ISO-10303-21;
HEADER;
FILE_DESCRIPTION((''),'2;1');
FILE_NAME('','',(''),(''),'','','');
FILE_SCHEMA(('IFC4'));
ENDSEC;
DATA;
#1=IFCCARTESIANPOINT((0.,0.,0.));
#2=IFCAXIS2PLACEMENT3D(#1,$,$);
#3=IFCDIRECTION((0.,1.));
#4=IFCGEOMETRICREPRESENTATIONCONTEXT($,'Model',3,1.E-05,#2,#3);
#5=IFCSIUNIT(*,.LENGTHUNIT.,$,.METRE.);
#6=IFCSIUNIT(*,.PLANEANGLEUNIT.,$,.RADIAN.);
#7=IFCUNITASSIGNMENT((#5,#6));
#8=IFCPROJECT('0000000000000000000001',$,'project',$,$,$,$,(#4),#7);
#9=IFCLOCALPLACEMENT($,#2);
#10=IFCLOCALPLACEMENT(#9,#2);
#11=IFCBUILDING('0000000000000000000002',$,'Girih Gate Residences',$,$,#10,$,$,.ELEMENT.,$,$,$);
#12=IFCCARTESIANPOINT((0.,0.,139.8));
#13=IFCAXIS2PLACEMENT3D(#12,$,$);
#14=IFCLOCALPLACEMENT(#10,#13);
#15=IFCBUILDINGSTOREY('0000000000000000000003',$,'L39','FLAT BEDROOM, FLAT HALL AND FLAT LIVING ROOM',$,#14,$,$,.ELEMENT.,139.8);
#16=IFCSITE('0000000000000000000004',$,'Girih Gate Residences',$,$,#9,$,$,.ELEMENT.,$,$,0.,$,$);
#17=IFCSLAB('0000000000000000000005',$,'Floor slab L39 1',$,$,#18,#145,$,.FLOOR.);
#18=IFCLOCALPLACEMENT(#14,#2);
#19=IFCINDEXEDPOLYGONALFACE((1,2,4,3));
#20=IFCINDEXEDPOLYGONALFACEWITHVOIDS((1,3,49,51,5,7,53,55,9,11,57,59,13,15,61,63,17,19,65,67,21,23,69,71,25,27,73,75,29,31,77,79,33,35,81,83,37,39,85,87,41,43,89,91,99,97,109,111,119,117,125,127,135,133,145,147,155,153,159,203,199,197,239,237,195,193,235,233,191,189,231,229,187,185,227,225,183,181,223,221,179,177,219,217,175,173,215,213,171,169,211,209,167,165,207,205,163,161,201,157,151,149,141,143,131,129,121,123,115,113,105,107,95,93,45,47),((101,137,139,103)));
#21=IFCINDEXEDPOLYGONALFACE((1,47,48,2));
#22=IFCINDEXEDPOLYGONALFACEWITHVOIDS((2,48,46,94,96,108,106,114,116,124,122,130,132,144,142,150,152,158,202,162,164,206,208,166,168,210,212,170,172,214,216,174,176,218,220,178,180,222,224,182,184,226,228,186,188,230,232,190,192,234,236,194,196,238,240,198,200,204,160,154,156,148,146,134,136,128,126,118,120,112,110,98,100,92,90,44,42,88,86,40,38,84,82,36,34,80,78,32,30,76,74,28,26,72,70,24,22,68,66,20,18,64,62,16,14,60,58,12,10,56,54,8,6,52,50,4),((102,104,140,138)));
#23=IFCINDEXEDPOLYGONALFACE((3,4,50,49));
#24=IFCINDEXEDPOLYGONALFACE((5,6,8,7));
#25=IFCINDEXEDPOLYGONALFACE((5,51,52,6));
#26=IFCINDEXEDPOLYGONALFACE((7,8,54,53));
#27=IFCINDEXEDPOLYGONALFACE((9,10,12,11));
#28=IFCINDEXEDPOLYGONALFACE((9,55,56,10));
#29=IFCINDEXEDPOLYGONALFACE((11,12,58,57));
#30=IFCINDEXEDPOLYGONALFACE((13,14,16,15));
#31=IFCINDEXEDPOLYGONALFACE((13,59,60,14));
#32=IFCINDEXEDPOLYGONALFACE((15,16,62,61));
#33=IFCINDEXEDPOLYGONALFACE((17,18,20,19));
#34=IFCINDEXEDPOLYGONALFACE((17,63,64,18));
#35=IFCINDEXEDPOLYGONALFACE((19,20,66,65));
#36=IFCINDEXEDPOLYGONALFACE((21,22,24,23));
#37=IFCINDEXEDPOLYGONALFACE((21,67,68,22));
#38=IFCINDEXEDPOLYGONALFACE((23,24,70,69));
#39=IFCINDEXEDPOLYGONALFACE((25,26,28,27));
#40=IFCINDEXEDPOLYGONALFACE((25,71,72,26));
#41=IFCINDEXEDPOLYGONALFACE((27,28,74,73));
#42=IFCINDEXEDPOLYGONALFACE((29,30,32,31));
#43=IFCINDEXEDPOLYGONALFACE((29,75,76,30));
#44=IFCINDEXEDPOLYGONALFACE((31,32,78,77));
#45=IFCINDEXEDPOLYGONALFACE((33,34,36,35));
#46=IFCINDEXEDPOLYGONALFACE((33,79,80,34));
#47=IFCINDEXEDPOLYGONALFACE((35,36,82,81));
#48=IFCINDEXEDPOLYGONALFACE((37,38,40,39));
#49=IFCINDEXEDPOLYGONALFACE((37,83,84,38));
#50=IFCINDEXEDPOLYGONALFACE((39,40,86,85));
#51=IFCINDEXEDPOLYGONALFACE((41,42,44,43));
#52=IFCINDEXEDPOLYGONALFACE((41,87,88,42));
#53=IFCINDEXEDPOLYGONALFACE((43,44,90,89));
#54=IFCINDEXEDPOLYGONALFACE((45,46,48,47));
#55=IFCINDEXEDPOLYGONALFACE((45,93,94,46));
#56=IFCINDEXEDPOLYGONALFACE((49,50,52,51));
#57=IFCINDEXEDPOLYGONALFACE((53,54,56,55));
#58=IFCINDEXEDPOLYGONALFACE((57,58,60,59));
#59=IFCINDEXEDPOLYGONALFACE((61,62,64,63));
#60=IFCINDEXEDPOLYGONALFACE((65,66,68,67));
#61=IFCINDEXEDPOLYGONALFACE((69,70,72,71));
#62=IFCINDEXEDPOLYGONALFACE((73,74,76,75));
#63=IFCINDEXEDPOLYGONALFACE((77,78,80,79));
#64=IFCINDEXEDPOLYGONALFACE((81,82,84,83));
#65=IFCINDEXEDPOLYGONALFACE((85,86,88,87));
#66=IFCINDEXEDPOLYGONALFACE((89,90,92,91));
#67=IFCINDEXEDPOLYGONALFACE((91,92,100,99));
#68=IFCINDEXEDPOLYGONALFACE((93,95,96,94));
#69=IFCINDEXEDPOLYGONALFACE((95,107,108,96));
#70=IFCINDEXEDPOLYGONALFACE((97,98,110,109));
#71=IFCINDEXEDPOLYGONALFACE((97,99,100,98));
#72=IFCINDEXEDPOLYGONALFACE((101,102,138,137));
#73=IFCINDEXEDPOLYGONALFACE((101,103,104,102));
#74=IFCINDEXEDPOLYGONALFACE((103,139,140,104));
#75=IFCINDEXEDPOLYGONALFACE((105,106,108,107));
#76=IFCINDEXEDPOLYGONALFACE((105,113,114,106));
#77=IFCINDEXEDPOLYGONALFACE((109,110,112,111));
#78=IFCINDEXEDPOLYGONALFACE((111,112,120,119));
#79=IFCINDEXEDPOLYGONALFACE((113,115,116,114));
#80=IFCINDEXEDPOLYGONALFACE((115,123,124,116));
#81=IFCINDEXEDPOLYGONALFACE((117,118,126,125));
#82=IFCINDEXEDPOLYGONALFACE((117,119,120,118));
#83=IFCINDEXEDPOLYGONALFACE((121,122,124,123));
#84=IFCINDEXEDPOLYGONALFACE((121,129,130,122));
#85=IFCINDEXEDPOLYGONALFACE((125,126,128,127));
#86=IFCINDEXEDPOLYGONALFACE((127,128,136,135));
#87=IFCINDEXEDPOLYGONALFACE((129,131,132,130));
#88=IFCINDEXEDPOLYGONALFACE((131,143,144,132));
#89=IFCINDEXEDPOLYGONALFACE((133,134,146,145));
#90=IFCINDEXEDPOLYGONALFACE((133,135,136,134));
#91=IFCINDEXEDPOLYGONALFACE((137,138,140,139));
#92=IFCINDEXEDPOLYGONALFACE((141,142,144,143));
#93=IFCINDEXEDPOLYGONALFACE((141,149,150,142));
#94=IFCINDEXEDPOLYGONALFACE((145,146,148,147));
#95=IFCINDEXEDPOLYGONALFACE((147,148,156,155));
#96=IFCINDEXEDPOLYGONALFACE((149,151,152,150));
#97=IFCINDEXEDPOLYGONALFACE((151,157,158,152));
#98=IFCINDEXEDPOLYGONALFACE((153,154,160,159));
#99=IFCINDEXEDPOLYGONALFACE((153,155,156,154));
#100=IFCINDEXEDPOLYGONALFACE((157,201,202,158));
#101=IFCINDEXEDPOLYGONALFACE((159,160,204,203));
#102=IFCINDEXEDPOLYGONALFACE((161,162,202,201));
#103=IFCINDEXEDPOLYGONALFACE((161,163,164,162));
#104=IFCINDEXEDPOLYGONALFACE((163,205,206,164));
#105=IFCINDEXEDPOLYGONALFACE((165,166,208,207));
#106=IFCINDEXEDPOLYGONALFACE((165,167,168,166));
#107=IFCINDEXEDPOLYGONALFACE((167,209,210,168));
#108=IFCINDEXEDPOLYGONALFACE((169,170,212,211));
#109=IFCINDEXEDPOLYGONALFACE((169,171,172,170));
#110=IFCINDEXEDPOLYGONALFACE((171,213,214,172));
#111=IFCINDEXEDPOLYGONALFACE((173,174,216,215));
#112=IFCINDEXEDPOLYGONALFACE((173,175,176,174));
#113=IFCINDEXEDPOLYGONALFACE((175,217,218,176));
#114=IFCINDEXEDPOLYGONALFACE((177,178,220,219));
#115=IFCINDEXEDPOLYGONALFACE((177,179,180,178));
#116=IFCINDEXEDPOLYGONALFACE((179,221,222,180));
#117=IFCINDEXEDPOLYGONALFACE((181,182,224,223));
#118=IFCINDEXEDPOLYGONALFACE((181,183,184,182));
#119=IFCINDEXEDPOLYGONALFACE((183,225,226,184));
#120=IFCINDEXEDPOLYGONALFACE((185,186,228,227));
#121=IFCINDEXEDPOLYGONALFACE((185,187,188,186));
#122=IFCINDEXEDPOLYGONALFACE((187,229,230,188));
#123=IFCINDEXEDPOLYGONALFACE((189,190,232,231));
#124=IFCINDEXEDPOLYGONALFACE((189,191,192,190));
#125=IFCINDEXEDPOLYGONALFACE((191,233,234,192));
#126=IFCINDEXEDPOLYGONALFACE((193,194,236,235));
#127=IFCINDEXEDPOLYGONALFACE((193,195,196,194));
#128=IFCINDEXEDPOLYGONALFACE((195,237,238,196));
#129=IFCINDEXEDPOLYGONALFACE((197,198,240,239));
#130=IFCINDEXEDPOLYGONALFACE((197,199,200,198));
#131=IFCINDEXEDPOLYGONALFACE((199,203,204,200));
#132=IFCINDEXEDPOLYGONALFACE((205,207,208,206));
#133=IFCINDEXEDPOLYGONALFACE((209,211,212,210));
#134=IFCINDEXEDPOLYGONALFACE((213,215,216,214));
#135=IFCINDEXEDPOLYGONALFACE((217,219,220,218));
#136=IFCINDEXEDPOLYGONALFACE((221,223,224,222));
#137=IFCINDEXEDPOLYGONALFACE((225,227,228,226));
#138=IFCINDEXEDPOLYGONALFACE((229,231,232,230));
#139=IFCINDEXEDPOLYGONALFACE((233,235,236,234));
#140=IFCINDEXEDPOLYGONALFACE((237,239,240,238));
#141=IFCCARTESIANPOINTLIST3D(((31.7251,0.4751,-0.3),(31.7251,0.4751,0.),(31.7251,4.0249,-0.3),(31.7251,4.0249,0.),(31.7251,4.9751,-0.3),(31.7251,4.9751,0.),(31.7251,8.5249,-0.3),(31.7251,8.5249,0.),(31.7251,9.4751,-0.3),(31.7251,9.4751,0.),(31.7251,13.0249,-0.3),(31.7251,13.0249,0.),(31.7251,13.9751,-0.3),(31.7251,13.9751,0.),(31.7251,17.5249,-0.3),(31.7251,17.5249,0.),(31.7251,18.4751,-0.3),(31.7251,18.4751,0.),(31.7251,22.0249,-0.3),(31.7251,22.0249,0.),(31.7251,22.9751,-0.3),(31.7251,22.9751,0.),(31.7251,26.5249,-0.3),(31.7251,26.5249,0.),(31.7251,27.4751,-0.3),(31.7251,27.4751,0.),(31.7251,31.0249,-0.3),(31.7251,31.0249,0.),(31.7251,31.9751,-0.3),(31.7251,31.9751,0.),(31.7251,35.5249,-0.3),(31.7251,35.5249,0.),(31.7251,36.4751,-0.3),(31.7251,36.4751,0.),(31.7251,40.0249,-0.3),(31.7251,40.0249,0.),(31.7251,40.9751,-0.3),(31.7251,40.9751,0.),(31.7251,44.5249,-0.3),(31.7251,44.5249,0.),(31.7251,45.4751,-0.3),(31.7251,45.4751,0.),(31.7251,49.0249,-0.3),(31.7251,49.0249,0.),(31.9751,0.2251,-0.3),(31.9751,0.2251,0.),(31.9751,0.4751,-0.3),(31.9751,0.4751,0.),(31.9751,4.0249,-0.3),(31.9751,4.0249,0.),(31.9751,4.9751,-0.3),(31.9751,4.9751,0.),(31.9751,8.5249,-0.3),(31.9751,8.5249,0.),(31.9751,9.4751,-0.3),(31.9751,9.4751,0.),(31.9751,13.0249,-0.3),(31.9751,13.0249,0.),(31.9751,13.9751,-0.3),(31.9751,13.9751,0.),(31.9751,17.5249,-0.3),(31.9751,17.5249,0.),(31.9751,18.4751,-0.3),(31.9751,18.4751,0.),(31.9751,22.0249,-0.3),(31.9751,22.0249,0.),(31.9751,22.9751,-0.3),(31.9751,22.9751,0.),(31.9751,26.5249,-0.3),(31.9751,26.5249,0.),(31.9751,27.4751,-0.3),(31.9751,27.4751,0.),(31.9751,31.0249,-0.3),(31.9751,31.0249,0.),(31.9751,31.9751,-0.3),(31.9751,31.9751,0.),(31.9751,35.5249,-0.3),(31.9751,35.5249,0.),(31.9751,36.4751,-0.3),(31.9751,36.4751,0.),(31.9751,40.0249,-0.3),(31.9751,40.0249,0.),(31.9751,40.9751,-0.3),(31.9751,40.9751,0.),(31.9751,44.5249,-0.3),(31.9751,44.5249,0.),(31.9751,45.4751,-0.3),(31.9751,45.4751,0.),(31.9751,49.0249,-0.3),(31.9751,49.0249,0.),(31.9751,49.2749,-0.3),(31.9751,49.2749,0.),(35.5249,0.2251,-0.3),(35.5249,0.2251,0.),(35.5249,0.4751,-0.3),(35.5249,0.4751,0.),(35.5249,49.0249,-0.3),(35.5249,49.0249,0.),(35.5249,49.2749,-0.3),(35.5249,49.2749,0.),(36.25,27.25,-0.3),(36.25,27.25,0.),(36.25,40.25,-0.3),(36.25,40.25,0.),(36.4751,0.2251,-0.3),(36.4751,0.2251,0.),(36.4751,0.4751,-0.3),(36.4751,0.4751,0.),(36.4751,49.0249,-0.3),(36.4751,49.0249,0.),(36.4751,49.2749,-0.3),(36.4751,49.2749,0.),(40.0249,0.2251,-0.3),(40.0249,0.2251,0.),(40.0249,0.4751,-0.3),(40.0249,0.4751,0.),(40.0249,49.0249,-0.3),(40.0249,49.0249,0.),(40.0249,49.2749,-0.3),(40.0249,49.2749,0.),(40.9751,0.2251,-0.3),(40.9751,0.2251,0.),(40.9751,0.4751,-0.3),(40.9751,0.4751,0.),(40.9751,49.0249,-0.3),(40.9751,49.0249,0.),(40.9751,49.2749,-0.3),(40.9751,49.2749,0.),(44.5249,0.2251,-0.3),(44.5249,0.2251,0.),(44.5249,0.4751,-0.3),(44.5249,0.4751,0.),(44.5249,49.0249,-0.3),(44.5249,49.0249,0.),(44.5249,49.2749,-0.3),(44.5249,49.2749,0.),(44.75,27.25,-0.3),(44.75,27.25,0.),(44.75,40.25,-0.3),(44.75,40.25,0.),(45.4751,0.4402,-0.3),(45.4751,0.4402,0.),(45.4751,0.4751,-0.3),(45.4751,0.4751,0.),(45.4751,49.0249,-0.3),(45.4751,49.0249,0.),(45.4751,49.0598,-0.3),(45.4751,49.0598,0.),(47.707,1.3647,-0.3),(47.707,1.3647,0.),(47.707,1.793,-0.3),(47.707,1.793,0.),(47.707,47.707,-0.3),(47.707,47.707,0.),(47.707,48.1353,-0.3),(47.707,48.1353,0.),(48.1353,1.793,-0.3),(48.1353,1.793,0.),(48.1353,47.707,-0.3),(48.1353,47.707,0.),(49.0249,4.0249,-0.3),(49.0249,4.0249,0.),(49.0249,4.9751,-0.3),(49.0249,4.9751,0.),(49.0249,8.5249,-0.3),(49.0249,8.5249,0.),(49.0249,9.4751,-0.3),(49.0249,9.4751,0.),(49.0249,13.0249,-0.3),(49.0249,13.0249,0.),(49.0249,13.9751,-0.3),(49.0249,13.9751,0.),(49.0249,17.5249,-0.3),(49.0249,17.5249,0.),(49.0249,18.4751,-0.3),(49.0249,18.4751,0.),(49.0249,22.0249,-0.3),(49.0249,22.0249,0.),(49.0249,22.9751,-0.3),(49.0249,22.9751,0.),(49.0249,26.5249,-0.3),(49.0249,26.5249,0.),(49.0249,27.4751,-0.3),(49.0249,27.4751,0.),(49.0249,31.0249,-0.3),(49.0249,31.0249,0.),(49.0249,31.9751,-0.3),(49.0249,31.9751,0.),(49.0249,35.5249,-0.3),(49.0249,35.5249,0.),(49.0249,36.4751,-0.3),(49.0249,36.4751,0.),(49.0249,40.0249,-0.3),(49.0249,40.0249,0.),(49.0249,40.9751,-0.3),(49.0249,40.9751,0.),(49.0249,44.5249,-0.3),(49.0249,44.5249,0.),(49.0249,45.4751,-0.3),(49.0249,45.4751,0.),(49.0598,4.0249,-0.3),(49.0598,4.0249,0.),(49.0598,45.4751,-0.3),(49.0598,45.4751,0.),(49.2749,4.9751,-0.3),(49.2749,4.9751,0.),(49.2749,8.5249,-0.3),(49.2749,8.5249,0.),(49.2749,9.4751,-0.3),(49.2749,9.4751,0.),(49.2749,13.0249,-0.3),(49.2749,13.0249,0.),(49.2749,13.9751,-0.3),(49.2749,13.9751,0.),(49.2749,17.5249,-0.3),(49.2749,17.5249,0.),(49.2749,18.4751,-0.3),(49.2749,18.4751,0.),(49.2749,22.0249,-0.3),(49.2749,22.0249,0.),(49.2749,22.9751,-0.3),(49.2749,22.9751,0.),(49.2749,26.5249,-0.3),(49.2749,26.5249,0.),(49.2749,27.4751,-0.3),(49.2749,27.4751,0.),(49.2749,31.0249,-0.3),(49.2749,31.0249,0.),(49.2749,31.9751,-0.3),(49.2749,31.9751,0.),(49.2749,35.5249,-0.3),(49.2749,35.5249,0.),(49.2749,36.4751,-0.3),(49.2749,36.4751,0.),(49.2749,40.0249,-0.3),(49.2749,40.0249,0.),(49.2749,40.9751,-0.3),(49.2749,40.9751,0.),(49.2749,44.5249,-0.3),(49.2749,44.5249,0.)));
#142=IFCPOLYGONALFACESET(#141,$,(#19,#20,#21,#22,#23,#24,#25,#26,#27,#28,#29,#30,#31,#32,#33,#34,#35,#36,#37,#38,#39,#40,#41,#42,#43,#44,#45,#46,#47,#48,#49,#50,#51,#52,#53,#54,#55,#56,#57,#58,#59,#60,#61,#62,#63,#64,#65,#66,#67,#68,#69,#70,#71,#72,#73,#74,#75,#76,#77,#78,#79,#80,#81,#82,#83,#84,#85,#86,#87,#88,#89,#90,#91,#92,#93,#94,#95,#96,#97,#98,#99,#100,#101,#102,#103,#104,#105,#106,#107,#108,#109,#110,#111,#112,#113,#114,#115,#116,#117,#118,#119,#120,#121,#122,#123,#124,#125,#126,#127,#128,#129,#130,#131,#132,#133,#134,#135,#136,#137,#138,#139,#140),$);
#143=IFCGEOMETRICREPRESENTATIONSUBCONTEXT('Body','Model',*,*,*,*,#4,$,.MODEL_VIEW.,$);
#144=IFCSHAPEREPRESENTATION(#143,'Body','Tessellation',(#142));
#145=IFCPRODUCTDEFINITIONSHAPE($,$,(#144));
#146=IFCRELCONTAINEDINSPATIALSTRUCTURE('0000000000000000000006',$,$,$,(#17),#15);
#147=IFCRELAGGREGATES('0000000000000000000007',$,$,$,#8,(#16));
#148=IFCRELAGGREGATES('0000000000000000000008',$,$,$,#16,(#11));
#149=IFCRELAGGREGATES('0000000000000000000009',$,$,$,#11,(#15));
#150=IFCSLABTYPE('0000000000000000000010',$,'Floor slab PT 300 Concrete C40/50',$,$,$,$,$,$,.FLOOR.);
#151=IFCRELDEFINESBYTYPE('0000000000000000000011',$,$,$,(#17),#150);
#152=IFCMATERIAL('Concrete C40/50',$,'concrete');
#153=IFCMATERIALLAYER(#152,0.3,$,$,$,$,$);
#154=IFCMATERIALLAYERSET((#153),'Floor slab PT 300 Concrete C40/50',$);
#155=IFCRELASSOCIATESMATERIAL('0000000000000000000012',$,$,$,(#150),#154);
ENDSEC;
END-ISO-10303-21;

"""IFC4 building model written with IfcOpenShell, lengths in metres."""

from ifc_helpers import new_model, si_unit, direction, frame, origin, place, context, subcontext, project, spatial, polyline, outline, extrude, material, layer, layer_set, type_object, element, save


model = new_model("IFC4")

# Units and contexts
model_context = context("Model", 3, precision=1e-05, world=origin(), true_north=direction((0.0, 1.0)))
body_context = subcontext(model_context, "Body", "Model", "MODEL_VIEW")
ifc_project = project(units=[si_unit("LENGTHUNIT", "METRE"), si_unit("PLANEANGLEUNIT", "RADIAN")], contexts=[model_context])

# Site, building, storey
site_placement = place(None, origin())
site = spatial("IfcSite", under=ifc_project, at=site_placement, Name="Girih Gate Residences", CompositionType="ELEMENT", RefElevation=0.0)
building_placement = place(site_placement, origin())
building = spatial("IfcBuilding", under=site, at=building_placement, Name="Girih Gate Residences", CompositionType="ELEMENT")
storey_placement = place(building_placement, frame((0.0, 0.0, 139.8)))
storey = spatial("IfcBuildingStorey", under=building, at=storey_placement, Name="L39", Description="FLAT BEDROOM, FLAT HALL AND FLAT LIVING ROOM", CompositionType="ELEMENT", Elevation=139.8)

# Slab
ifc_material_1 = material(Name="Concrete C40/50", Category="concrete")
ifc_layer_1 = layer(ifc_material_1, 0.3)
ifc_layer_set_1 = layer_set([ifc_layer_1], Name="Floor slab PT 300 Concrete C40/50")
slab_type_1 = type_object("IfcSlabType", Name="Floor slab PT 300 Concrete C40/50", PredefinedType="FLOOR", material=ifc_layer_set_1)
slab_1_placement = place(storey_placement, frame((0.0, 0.0, -0.3)))
element("IfcSlab", 1, at=slab_1_placement, inside=storey, type_object=slab_type_1, Name="Floor slab L39 1", PredefinedType="FLOOR", context=body_context, shape_type="SweptSolid", body=[
    extrude(outline(polyline([(35.5249, 49.2749), (31.9751, 49.2749), (31.9751, 49.0249), (31.7251, 49.0249), (31.7251, 45.4751), (31.9751, 45.4751), (31.9751, 44.5249), (31.7251, 44.5249), (31.7251, 40.9751), (31.9751, 40.9751), (31.9751, 40.0249), (31.7251, 40.0249), (31.7251, 36.4751), (31.9751, 36.4751), (31.9751, 35.5249), (31.7251, 35.5249), (31.7251, 31.9751), (31.9751, 31.9751), (31.9751, 31.0249), (31.7251, 31.0249), (31.7251, 27.4751), (31.9751, 27.4751), (31.9751, 26.5249), (31.7251, 26.5249), (31.7251, 22.9751), (31.9751, 22.9751), (31.9751, 22.0249), (31.7251, 22.0249), (31.7251, 18.4751), (31.9751, 18.4751), (31.9751, 17.5249), (31.7251, 17.5249), (31.7251, 13.9751), (31.9751, 13.9751), (31.9751, 13.0249), (31.7251, 13.0249), (31.7251, 9.4751), (31.9751, 9.4751), (31.9751, 8.5249), (31.7251, 8.5249), (31.7251, 4.9751), (31.9751, 4.9751), (31.9751, 4.0249), (31.7251, 4.0249), (31.7251, 0.4751), (31.9751, 0.4751), (31.9751, 0.2251), (35.5249, 0.2251), (35.5249, 0.4751), (36.4751, 0.4751), (36.4751, 0.2251), (40.0249, 0.2251), (40.0249, 0.4751), (40.9751, 0.4751), (40.9751, 0.2251), (44.5249, 0.2251), (44.5249, 0.4751), (45.4751, 0.4751), (45.4751, 0.4402), (47.707, 1.3647), (47.707, 1.793), (48.1353, 1.793), (49.0598, 4.0249), (49.0249, 4.0249), (49.0249, 4.9751), (49.2749, 4.9751), (49.2749, 8.5249), (49.0249, 8.5249), (49.0249, 9.4751), (49.2749, 9.4751), (49.2749, 13.0249), (49.0249, 13.0249), (49.0249, 13.9751), (49.2749, 13.9751), (49.2749, 17.5249), (49.0249, 17.5249), (49.0249, 18.4751), (49.2749, 18.4751), (49.2749, 22.0249), (49.0249, 22.0249), (49.0249, 22.9751), (49.2749, 22.9751), (49.2749, 26.5249), (49.0249, 26.5249), (49.0249, 27.4751), (49.2749, 27.4751), (49.2749, 31.0249), (49.0249, 31.0249), (49.0249, 31.9751), (49.2749, 31.9751), (49.2749, 35.5249), (49.0249, 35.5249), (49.0249, 36.4751), (49.2749, 36.4751), (49.2749, 40.0249), (49.0249, 40.0249), (49.0249, 40.9751), (49.2749, 40.9751), (49.2749, 44.5249), (49.0249, 44.5249), (49.0249, 45.4751), (49.0598, 45.4751), (48.1353, 47.707), (47.707, 47.707), (47.707, 48.1353), (45.4751, 49.0598), (45.4751, 49.0249), (44.5249, 49.0249), (44.5249, 49.2749), (40.9751, 49.2749), (40.9751, 49.0249), (40.0249, 49.0249), (40.0249, 49.2749), (36.4751, 49.2749), (36.4751, 49.0249), (35.5249, 49.0249), (35.5249, 49.2749)]), holes=[polyline([(44.75, 40.25), (44.75, 27.25), (36.25, 27.25), (36.25, 40.25), (44.75, 40.25)])]), origin(), (0.0, 0.0, 1.0), 0.3),
])

save(model, "model.ifc")
